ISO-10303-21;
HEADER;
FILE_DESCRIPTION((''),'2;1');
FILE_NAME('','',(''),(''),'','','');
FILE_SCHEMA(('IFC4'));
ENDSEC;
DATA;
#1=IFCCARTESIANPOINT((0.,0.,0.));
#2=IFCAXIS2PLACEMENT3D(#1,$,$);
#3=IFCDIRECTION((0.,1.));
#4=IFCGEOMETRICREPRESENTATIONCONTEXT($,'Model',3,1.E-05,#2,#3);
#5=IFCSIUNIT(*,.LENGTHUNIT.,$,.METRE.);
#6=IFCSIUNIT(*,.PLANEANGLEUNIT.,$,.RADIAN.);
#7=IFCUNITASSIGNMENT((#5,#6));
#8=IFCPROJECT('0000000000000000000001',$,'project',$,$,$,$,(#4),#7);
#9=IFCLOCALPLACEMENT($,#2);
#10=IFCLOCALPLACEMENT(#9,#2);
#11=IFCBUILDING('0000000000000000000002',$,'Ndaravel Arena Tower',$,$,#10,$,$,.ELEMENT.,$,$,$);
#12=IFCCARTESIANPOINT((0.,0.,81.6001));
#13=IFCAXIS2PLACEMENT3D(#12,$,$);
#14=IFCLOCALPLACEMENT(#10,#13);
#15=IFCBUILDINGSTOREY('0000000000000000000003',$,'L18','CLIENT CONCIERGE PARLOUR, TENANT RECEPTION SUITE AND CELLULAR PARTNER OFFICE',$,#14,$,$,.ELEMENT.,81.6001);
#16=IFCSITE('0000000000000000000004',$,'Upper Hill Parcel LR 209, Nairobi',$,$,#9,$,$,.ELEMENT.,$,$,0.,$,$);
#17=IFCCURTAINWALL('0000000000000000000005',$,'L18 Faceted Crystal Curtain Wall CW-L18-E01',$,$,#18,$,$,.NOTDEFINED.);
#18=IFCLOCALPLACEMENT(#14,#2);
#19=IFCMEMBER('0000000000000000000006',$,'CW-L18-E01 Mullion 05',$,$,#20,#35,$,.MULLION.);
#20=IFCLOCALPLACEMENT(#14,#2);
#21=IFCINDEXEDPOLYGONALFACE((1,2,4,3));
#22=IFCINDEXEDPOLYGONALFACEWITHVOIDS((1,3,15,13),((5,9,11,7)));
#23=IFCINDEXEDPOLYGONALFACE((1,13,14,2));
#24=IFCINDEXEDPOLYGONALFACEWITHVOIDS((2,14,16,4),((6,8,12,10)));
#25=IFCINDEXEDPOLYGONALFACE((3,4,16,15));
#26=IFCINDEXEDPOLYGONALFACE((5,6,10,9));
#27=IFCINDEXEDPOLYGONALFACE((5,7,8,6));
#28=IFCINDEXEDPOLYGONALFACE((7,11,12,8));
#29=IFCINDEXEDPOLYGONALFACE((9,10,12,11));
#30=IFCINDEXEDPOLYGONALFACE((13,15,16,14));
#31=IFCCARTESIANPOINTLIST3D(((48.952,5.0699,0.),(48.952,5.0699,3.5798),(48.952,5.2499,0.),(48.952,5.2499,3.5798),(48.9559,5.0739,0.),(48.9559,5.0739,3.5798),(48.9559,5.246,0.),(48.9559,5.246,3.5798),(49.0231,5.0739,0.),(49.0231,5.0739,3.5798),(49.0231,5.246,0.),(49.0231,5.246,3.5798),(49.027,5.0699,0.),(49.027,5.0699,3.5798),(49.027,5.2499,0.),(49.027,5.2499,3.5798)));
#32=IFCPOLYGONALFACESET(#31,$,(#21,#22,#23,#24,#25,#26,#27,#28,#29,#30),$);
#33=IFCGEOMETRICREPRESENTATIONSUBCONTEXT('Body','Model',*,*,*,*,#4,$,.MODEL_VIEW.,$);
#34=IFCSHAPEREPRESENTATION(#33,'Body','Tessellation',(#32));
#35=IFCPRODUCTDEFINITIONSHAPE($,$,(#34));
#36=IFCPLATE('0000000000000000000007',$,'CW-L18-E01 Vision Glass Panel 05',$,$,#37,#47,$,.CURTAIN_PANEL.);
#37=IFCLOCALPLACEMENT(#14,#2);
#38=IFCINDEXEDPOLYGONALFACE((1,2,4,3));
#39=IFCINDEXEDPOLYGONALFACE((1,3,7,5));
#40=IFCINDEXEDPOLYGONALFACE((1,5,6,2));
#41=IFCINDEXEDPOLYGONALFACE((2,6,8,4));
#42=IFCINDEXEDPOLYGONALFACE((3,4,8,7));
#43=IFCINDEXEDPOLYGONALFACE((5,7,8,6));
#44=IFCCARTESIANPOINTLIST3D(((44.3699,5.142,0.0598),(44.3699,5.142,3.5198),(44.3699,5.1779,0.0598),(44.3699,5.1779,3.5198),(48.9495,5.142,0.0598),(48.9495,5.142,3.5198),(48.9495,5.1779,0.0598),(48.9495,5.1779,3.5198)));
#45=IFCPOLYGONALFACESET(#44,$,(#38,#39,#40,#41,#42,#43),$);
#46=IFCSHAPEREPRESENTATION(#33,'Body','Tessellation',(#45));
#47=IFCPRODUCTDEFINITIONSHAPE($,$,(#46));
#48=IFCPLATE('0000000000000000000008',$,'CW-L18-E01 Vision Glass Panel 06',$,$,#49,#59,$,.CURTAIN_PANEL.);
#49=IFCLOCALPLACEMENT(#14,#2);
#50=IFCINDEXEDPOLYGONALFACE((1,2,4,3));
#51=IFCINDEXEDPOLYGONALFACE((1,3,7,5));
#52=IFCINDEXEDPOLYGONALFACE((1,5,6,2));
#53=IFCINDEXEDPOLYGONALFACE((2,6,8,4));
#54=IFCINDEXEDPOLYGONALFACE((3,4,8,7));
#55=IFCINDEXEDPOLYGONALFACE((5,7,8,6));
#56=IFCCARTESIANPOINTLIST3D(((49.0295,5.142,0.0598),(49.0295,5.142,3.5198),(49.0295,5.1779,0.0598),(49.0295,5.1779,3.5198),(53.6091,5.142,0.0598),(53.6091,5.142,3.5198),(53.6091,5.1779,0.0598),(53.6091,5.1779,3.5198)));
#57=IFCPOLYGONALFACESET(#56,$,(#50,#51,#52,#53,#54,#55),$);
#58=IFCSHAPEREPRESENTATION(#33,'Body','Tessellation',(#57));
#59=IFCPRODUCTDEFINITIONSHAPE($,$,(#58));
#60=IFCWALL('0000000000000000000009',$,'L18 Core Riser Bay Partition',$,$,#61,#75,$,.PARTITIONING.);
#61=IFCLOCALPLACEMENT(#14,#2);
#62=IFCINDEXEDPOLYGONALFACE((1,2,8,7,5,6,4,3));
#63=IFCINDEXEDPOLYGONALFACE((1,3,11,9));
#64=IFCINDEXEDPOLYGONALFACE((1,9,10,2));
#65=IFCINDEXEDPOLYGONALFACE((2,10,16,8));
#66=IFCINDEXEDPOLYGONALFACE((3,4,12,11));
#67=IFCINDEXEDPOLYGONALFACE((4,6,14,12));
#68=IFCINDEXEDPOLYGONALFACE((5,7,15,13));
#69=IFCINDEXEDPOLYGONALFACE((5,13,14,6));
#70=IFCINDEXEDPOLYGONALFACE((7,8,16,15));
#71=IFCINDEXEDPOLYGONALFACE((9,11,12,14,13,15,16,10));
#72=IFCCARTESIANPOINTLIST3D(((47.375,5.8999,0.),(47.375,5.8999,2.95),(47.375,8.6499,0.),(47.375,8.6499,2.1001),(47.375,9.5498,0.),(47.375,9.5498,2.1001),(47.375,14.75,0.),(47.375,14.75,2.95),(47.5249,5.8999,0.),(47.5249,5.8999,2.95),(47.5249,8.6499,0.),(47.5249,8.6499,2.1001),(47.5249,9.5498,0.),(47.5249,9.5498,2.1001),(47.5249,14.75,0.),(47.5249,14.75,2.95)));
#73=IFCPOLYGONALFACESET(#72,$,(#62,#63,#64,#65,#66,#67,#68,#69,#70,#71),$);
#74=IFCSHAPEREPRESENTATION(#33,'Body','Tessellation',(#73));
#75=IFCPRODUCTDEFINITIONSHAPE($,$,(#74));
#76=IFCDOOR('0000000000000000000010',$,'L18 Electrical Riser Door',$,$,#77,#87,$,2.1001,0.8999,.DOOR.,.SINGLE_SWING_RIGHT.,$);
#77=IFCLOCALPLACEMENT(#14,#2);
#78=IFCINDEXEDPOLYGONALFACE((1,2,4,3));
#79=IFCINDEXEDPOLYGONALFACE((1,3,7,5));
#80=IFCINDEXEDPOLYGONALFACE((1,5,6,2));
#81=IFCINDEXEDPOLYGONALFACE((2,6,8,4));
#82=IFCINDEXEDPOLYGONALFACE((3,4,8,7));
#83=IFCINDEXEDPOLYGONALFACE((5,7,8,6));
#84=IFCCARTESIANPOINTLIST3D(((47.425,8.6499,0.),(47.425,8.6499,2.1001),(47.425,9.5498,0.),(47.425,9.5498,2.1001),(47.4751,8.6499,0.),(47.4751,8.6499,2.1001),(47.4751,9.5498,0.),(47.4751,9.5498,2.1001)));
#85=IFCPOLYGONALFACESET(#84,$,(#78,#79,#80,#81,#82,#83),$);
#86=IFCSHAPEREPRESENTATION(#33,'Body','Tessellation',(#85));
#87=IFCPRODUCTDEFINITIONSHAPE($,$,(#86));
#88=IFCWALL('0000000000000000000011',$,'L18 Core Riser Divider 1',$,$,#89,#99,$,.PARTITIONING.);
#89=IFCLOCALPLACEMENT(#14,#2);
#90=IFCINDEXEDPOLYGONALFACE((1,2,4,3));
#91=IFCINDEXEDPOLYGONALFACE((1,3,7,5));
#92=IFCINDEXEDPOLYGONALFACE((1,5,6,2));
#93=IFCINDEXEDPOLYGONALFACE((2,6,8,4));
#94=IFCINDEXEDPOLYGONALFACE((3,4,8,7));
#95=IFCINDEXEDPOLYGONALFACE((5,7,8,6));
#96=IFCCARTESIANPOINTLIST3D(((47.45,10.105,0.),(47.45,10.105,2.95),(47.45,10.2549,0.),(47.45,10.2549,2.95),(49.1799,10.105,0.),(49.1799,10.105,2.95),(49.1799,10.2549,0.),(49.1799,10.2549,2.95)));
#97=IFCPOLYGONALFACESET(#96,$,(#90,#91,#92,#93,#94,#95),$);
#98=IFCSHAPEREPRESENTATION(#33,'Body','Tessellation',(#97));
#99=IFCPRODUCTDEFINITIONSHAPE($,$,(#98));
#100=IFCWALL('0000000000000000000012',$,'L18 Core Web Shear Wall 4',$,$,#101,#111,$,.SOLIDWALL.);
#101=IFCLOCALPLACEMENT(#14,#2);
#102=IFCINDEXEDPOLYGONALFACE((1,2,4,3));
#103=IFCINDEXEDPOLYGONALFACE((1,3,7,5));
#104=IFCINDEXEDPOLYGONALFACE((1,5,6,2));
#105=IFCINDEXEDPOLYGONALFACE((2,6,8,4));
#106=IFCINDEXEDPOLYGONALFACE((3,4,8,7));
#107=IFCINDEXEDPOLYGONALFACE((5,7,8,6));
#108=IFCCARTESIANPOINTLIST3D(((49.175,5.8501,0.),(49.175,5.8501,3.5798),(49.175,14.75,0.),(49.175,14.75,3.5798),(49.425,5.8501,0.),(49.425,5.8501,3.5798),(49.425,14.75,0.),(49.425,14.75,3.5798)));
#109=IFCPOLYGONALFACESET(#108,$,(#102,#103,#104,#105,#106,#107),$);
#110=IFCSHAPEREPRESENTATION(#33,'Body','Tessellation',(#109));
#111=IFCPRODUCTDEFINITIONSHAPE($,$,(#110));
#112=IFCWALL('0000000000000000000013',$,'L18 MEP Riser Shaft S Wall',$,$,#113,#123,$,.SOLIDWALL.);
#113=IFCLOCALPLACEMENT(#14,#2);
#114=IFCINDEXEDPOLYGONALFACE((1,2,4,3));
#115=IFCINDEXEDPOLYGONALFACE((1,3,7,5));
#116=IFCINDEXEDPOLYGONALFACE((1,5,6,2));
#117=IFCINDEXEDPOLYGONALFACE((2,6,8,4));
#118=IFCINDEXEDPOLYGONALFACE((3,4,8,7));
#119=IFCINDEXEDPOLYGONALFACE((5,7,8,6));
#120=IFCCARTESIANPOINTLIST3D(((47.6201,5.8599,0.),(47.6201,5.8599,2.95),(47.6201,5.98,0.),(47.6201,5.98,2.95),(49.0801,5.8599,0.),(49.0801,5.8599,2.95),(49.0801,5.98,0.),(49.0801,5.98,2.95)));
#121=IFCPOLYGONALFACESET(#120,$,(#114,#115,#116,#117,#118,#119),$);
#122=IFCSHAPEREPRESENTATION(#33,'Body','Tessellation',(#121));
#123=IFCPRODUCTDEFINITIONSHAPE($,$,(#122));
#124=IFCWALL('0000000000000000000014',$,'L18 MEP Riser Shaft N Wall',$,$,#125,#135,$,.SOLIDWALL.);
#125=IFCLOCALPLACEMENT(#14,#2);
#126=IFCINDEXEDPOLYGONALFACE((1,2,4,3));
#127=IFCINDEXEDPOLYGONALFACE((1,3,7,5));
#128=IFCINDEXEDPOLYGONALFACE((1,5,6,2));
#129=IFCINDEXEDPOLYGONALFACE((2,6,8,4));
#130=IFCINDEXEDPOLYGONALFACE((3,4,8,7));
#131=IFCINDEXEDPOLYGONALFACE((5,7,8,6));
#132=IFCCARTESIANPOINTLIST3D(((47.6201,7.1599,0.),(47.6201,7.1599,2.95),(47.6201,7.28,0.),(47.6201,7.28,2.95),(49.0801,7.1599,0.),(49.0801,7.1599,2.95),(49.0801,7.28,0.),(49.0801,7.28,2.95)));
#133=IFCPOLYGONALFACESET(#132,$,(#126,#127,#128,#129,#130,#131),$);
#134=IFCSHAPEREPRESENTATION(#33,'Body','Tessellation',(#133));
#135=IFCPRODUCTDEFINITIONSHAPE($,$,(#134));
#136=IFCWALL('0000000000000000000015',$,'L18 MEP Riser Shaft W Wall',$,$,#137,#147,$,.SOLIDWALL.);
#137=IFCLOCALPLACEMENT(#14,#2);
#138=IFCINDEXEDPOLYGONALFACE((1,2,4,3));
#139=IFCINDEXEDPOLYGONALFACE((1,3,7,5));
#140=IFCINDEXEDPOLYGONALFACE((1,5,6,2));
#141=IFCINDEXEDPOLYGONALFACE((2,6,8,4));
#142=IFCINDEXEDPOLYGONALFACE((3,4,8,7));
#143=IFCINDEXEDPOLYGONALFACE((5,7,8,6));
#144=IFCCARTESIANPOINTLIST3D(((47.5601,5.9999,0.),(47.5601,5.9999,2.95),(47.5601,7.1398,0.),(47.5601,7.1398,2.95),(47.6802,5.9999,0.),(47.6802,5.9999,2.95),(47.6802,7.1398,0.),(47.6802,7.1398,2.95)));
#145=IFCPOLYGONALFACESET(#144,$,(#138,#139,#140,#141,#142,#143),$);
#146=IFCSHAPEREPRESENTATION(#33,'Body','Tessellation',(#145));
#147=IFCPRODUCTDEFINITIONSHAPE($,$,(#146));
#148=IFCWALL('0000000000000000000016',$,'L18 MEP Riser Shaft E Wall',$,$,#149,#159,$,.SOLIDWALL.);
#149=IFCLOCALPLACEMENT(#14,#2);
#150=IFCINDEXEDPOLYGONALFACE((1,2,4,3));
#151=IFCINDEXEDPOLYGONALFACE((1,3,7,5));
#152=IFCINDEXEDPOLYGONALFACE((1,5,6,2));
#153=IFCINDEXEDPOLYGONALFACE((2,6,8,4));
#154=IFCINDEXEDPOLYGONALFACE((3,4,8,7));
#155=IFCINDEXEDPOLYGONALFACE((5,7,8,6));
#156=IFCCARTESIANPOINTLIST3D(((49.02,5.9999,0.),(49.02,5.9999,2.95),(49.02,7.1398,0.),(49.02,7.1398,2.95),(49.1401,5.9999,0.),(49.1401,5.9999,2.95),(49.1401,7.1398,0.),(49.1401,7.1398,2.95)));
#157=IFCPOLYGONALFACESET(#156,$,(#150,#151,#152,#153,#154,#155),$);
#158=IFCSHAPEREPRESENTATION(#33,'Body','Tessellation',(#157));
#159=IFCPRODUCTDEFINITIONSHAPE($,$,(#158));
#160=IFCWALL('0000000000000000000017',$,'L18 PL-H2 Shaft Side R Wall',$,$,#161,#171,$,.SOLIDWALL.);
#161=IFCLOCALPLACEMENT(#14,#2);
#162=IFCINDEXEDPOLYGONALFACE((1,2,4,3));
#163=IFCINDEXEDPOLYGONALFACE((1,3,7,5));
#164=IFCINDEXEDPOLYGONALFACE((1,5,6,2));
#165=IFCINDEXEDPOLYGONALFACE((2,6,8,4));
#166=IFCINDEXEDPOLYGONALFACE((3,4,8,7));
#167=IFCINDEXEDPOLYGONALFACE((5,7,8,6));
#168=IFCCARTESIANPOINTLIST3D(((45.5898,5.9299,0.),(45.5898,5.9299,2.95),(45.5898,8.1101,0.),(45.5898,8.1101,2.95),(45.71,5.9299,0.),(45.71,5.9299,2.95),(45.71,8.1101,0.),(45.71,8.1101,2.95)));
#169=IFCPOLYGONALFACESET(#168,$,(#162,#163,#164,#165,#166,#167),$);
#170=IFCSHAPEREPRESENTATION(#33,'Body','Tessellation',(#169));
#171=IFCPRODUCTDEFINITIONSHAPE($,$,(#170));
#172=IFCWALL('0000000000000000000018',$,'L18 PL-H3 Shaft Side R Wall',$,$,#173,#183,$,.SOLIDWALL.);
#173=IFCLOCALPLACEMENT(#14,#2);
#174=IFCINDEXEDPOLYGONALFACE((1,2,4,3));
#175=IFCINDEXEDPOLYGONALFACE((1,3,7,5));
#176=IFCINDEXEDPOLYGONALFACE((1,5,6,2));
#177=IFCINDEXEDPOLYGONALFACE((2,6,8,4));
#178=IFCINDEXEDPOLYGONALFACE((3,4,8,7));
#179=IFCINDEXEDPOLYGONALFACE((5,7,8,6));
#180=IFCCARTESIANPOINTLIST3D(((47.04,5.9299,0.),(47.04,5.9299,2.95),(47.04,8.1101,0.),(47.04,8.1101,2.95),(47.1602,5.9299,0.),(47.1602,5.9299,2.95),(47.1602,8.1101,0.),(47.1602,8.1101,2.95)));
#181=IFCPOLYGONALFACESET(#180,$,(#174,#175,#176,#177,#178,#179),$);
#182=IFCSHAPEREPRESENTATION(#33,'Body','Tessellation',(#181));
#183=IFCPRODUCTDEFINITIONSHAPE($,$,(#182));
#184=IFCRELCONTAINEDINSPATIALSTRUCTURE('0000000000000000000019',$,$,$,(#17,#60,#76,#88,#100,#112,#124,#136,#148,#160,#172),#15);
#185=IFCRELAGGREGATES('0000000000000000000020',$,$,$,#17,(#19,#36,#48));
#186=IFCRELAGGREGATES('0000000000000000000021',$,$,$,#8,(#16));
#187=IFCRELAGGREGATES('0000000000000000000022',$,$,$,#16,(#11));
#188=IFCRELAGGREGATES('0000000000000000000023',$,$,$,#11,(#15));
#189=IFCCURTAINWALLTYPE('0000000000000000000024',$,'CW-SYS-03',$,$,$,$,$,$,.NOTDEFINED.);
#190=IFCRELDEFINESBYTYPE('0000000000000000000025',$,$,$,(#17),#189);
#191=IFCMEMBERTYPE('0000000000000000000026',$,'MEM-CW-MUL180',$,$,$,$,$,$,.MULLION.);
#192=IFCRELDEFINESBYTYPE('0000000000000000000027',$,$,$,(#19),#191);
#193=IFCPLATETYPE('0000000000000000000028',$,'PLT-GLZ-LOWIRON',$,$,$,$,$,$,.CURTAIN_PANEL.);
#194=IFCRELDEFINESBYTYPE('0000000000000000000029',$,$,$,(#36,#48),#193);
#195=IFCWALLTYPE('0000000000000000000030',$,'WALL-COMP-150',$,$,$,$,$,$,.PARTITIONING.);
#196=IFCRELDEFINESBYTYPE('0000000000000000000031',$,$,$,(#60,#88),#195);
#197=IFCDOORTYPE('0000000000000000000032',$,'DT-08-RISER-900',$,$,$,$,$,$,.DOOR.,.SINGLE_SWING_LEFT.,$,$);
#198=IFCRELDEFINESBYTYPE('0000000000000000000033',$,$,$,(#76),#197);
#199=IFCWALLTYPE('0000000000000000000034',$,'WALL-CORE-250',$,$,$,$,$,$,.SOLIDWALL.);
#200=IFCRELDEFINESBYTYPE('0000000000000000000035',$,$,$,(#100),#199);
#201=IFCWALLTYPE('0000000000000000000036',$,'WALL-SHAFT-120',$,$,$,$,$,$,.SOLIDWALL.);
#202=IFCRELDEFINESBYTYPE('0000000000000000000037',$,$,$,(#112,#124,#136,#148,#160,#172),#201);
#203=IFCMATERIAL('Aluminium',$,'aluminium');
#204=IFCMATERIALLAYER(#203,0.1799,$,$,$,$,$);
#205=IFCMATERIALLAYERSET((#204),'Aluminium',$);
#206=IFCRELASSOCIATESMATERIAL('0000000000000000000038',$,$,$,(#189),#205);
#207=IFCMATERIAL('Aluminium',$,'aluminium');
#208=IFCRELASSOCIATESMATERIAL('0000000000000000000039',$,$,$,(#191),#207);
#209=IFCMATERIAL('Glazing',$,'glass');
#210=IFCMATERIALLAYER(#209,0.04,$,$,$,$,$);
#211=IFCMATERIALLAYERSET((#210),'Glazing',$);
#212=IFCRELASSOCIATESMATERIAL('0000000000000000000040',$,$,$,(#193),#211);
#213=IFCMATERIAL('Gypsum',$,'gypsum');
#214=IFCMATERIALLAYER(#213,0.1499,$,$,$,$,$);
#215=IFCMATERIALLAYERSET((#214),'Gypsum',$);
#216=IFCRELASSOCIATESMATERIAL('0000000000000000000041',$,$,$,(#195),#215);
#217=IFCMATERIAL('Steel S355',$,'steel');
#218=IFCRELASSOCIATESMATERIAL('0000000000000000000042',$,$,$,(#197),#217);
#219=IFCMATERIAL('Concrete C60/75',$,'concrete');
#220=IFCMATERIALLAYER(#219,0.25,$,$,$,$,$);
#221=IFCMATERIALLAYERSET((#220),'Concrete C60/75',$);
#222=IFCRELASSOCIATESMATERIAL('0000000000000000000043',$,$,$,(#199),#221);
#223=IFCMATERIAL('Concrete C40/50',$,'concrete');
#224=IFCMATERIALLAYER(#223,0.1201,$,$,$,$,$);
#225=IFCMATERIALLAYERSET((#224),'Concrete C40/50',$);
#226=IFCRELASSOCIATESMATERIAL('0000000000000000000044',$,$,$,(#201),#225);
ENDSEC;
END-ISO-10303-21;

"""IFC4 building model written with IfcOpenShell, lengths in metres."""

from ifc_helpers import new_model, si_unit, direction, frame, frame_2d, origin, origin_2d, place, context, subcontext, project, spatial, rectangle, hollow_rectangle, extrude, material, layer, layer_set, material_profile, profile_set, type_object, element, fill, aggregate, save


model = new_model("IFC4")

# Units and contexts
model_context = context("Model", 3, precision=1e-05, world=origin(), true_north=direction((0.0, 1.0)))
body_context = subcontext(model_context, "Body", "Model", "MODEL_VIEW")
ifc_project = project(units=[si_unit("LENGTHUNIT", "METRE"), si_unit("PLANEANGLEUNIT", "RADIAN")], contexts=[model_context])

# Site, building, storey
site_placement = place(None, origin())
site = spatial("IfcSite", under=ifc_project, at=site_placement, Name="Upper Hill Parcel LR 209, Nairobi", CompositionType="ELEMENT", RefElevation=0.0)
building_placement = place(site_placement, origin())
building = spatial("IfcBuilding", under=site, at=building_placement, Name="Ndaravel Arena Tower", CompositionType="ELEMENT")
storey_placement = place(building_placement, frame((0.0, 0.0, 81.6001)))
storey = spatial("IfcBuildingStorey", under=building, at=storey_placement, Name="L18", Description="CLIENT CONCIERGE PARLOUR, TENANT RECEPTION SUITE AND CELLULAR PARTNER OFFICE", CompositionType="ELEMENT", Elevation=81.6001)

# Curtain wall, member, plates
ifc_material_1 = material(Name="Aluminium", Category="aluminium")
ifc_layer_1 = layer(ifc_material_1, 0.1799)
ifc_layer_set_1 = layer_set([ifc_layer_1], Name="Aluminium")
curtain_wall_type = type_object("IfcCurtainWallType", Name="CW-SYS-03", PredefinedType="NOTDEFINED", material=ifc_layer_set_1)
curtain_wall_placement = place(storey_placement, origin())
curtain_wall = element("IfcCurtainWall", 1, at=curtain_wall_placement, inside=storey, type_object=curtain_wall_type, Name="L18 Faceted Crystal Curtain Wall CW-L18-E01", PredefinedType="NOTDEFINED")
ifc_material_2 = material(Name="Aluminium", Category="aluminium")
ifc_material_profile = material_profile(ifc_material_2, hollow_rectangle(XDim=0.075, YDim=0.1799, WallThickness=0.0039, at=origin_2d()), Name="CW MULLION 75x180x4")
ifc_profile_set = profile_set([ifc_material_profile], Name="Aluminium")
member_type = type_object("IfcMemberType", Name="MEM-CW-MUL180", PredefinedType="MULLION", material=ifc_profile_set)
member_placement = place(storey_placement, frame((48.9895, 5.1599, 0.0), z_axis=(0.0, 0.0, 1.0), x_axis=(1.0, 0.0, 0.0)))
member = element("IfcMember", 2, at=member_placement, type_object=member_type, Name="CW-L18-E01 Mullion 05", PredefinedType="MULLION", context=body_context, shape_type="SweptSolid", body=[
    extrude(hollow_rectangle(XDim=0.075, YDim=0.1799, WallThickness=0.0039, at=origin_2d()), origin(), (0.0, 0.0, 1.0), 3.5798),
])
ifc_material_3 = material(Name="Glazing", Category="glass")
ifc_layer_2 = layer(ifc_material_3, 0.04)
ifc_layer_set_2 = layer_set([ifc_layer_2], Name="Glazing")
plate_type = type_object("IfcPlateType", Name="PLT-GLZ-LOWIRON", PredefinedType="CURTAIN_PANEL", material=ifc_layer_set_2)
plate_1_placement = place(storey_placement, frame((46.6597, 5.1599, 0.0598), z_axis=(0.0, 0.0, 1.0), x_axis=(1.0, 0.0, 0.0)))
plate_1 = element("IfcPlate", 3, at=plate_1_placement, type_object=plate_type, Name="CW-L18-E01 Vision Glass Panel 05", PredefinedType="CURTAIN_PANEL", context=body_context, shape_type="SweptSolid", body=[
    extrude(rectangle(XDim=4.5796, YDim=0.0359, at=origin_2d()), origin(), (0.0, 0.0, 1.0), 3.46),
])
plate_2_placement = place(storey_placement, frame((51.3193, 5.1599, 0.0598), z_axis=(0.0, 0.0, 1.0), x_axis=(1.0, 0.0, 0.0)))
plate_2 = element("IfcPlate", 4, at=plate_2_placement, type_object=plate_type, Name="CW-L18-E01 Vision Glass Panel 06", PredefinedType="CURTAIN_PANEL", context=body_context, shape_type="SweptSolid", body=[
    extrude(rectangle(XDim=4.5796, YDim=0.0359, at=origin_2d()), origin(), (0.0, 0.0, 1.0), 3.46),
])
aggregate(curtain_wall, [member, plate_1, plate_2])

# Wall, opening, door
ifc_material_4 = material(Name="Gypsum", Category="gypsum")
ifc_layer_3 = layer(ifc_material_4, 0.1499)
ifc_layer_set_3 = layer_set([ifc_layer_3], Name="Gypsum")
wall_type_1 = type_object("IfcWallType", Name="WALL-COMP-150", PredefinedType="PARTITIONING", material=ifc_layer_set_3)
wall_1_placement = place(storey_placement, frame((47.45, 5.8999, 0.0), z_axis=(0.0, 0.0, 1.0), x_axis=(0.0, 1.0, 0.0)))
wall_1 = element("IfcWall", 5, at=wall_1_placement, inside=storey, type_object=wall_type_1, Name="L18 Core Riser Bay Partition", PredefinedType="PARTITIONING", context=body_context, shape_type="SweptSolid", body=[
    extrude(rectangle(XDim=8.8501, YDim=0.1499, at=frame_2d((4.425, 0.0))), origin(), (0.0, 0.0, 1.0), 2.95),
])
opening_1_placement = place(wall_1_placement, frame((2.75, 0.0, 0.0)))
opening_1 = element("IfcOpeningElement", 6, at=opening_1_placement, cuts=wall_1, PredefinedType="OPENING", context=body_context, shape_type="SweptSolid", body=[
    extrude(rectangle(XDim=0.8999, YDim=2.1001, at=frame_2d((0.45, 1.05))), frame((0.0, 0.075, 0.0), z_axis=(0.0, -1.0, 0.0), x_axis=(1.0, 0.0, 0.0)), (0.0, 0.0, 1.0), 0.1499),
])
ifc_material_5 = material(Name="Steel S355", Category="steel")
door_type_1 = type_object("IfcDoorType", Name="DT-08-RISER-900", OperationType="SINGLE_SWING_LEFT", PredefinedType="DOOR", material=ifc_material_5)
door_1_placement = place(opening_1_placement, origin())
door_1 = element("IfcDoor", 7, at=door_1_placement, inside=storey, type_object=door_type_1, Name="L18 Electrical Riser Door", OperationType="SINGLE_SWING_RIGHT", OverallHeight=2.1001, OverallWidth=0.8999, PredefinedType="DOOR", context=body_context, shape_type="SweptSolid", body=[
    extrude(rectangle(XDim=0.8999, YDim=2.1001, at=frame_2d((0.45, 1.05))), frame((0.0, 0.0249, 0.0), z_axis=(0.0, -1.0, 0.0), x_axis=(1.0, 0.0, 0.0)), (0.0, 0.0, 1.0), 0.05),
])
fill(opening_1, door_1)

# Walls
wall_2_placement = place(storey_placement, frame((47.45, 10.1799, 0.0), z_axis=(0.0, 0.0, 1.0), x_axis=(1.0, 0.0, 0.0)))
element("IfcWall", 8, at=wall_2_placement, inside=storey, type_object=wall_type_1, Name="L18 Core Riser Divider 1", PredefinedType="PARTITIONING", context=body_context, shape_type="SweptSolid", body=[
    extrude(rectangle(XDim=1.73, YDim=0.1499, at=frame_2d((0.865, 0.0))), origin(), (0.0, 0.0, 1.0), 2.95),
])
ifc_material_6 = material(Name="Concrete C60/75", Category="concrete")
ifc_layer_4 = layer(ifc_material_6, 0.25)
ifc_layer_set_4 = layer_set([ifc_layer_4], Name="Concrete C60/75")
wall_type_2 = type_object("IfcWallType", Name="WALL-CORE-250", PredefinedType="SOLIDWALL", material=ifc_layer_set_4)
wall_3_placement = place(storey_placement, frame((49.3, 5.8501, 0.0), z_axis=(0.0, 0.0, 1.0), x_axis=(0.0, 1.0, 0.0)))
element("IfcWall", 9, at=wall_3_placement, inside=storey, type_object=wall_type_2, Name="L18 Core Web Shear Wall 4", PredefinedType="SOLIDWALL", context=body_context, shape_type="SweptSolid", body=[
    extrude(rectangle(XDim=8.8999, YDim=0.25, at=frame_2d((4.45, 0.0))), origin(), (0.0, 0.0, 1.0), 3.5798),
])
ifc_material_7 = material(Name="Concrete C40/50", Category="concrete")
ifc_layer_5 = layer(ifc_material_7, 0.1201)
ifc_layer_set_5 = layer_set([ifc_layer_5], Name="Concrete C40/50")
wall_type_3 = type_object("IfcWallType", Name="WALL-SHAFT-120", PredefinedType="SOLIDWALL", material=ifc_layer_set_5)
for number, where, z_axis, x_axis, name in (
    (10, (47.6201, 5.9199, 0.0), (0.0, 0.0, 1.0), (1.0, 0.0, 0.0), "L18 MEP Riser Shaft S Wall"),
    (11, (47.6201, 7.22, 0.0), (0.0, 0.0, 1.0), (1.0, 0.0, 0.0), "L18 MEP Riser Shaft N Wall"),
):
    element("IfcWall", number, at=place(storey_placement, frame(where, z_axis=z_axis, x_axis=x_axis)), inside=storey, type_object=wall_type_3, Name=name, PredefinedType="SOLIDWALL", context=body_context, shape_type="SweptSolid", body=[
        extrude(rectangle(XDim=1.46, YDim=0.1201, at=frame_2d((0.73, 0.0))), origin(), (0.0, 0.0, 1.0), 2.95),
    ])
for number, where, z_axis, x_axis, name in (
    (12, (47.6201, 6.0, 0.0), (0.0, 0.0, 1.0), (0.0, 1.0, 0.0), "L18 MEP Riser Shaft W Wall"),
    (13, (49.0801, 6.0, 0.0), (0.0, 0.0, 1.0), (0.0, 1.0, 0.0), "L18 MEP Riser Shaft E Wall"),
):
    element("IfcWall", number, at=place(storey_placement, frame(where, z_axis=z_axis, x_axis=x_axis)), inside=storey, type_object=wall_type_3, Name=name, PredefinedType="SOLIDWALL", context=body_context, shape_type="SweptSolid", body=[
        extrude(rectangle(XDim=1.1399, YDim=0.1201, at=frame_2d((0.5698, 0.0))), origin(), (0.0, 0.0, 1.0), 2.95),
    ])
for number, where, z_axis, x_axis, name in (
    (14, (45.6499, 5.9299, 0.0), (0.0, 0.0, 1.0), (0.0, 1.0, 0.0), "L18 PL-H2 Shaft Side R Wall"),
    (15, (47.1001, 5.9299, 0.0), (0.0, 0.0, 1.0), (0.0, 1.0, 0.0), "L18 PL-H3 Shaft Side R Wall"),
):
    element("IfcWall", number, at=place(storey_placement, frame(where, z_axis=z_axis, x_axis=x_axis)), inside=storey, type_object=wall_type_3, Name=name, PredefinedType="SOLIDWALL", context=body_context, shape_type="SweptSolid", body=[
        extrude(rectangle(XDim=2.1802, YDim=0.1201, at=frame_2d((1.0901, 0.0))), origin(), (0.0, 0.0, 1.0), 2.95),
    ])

save(model, "model.ifc")
